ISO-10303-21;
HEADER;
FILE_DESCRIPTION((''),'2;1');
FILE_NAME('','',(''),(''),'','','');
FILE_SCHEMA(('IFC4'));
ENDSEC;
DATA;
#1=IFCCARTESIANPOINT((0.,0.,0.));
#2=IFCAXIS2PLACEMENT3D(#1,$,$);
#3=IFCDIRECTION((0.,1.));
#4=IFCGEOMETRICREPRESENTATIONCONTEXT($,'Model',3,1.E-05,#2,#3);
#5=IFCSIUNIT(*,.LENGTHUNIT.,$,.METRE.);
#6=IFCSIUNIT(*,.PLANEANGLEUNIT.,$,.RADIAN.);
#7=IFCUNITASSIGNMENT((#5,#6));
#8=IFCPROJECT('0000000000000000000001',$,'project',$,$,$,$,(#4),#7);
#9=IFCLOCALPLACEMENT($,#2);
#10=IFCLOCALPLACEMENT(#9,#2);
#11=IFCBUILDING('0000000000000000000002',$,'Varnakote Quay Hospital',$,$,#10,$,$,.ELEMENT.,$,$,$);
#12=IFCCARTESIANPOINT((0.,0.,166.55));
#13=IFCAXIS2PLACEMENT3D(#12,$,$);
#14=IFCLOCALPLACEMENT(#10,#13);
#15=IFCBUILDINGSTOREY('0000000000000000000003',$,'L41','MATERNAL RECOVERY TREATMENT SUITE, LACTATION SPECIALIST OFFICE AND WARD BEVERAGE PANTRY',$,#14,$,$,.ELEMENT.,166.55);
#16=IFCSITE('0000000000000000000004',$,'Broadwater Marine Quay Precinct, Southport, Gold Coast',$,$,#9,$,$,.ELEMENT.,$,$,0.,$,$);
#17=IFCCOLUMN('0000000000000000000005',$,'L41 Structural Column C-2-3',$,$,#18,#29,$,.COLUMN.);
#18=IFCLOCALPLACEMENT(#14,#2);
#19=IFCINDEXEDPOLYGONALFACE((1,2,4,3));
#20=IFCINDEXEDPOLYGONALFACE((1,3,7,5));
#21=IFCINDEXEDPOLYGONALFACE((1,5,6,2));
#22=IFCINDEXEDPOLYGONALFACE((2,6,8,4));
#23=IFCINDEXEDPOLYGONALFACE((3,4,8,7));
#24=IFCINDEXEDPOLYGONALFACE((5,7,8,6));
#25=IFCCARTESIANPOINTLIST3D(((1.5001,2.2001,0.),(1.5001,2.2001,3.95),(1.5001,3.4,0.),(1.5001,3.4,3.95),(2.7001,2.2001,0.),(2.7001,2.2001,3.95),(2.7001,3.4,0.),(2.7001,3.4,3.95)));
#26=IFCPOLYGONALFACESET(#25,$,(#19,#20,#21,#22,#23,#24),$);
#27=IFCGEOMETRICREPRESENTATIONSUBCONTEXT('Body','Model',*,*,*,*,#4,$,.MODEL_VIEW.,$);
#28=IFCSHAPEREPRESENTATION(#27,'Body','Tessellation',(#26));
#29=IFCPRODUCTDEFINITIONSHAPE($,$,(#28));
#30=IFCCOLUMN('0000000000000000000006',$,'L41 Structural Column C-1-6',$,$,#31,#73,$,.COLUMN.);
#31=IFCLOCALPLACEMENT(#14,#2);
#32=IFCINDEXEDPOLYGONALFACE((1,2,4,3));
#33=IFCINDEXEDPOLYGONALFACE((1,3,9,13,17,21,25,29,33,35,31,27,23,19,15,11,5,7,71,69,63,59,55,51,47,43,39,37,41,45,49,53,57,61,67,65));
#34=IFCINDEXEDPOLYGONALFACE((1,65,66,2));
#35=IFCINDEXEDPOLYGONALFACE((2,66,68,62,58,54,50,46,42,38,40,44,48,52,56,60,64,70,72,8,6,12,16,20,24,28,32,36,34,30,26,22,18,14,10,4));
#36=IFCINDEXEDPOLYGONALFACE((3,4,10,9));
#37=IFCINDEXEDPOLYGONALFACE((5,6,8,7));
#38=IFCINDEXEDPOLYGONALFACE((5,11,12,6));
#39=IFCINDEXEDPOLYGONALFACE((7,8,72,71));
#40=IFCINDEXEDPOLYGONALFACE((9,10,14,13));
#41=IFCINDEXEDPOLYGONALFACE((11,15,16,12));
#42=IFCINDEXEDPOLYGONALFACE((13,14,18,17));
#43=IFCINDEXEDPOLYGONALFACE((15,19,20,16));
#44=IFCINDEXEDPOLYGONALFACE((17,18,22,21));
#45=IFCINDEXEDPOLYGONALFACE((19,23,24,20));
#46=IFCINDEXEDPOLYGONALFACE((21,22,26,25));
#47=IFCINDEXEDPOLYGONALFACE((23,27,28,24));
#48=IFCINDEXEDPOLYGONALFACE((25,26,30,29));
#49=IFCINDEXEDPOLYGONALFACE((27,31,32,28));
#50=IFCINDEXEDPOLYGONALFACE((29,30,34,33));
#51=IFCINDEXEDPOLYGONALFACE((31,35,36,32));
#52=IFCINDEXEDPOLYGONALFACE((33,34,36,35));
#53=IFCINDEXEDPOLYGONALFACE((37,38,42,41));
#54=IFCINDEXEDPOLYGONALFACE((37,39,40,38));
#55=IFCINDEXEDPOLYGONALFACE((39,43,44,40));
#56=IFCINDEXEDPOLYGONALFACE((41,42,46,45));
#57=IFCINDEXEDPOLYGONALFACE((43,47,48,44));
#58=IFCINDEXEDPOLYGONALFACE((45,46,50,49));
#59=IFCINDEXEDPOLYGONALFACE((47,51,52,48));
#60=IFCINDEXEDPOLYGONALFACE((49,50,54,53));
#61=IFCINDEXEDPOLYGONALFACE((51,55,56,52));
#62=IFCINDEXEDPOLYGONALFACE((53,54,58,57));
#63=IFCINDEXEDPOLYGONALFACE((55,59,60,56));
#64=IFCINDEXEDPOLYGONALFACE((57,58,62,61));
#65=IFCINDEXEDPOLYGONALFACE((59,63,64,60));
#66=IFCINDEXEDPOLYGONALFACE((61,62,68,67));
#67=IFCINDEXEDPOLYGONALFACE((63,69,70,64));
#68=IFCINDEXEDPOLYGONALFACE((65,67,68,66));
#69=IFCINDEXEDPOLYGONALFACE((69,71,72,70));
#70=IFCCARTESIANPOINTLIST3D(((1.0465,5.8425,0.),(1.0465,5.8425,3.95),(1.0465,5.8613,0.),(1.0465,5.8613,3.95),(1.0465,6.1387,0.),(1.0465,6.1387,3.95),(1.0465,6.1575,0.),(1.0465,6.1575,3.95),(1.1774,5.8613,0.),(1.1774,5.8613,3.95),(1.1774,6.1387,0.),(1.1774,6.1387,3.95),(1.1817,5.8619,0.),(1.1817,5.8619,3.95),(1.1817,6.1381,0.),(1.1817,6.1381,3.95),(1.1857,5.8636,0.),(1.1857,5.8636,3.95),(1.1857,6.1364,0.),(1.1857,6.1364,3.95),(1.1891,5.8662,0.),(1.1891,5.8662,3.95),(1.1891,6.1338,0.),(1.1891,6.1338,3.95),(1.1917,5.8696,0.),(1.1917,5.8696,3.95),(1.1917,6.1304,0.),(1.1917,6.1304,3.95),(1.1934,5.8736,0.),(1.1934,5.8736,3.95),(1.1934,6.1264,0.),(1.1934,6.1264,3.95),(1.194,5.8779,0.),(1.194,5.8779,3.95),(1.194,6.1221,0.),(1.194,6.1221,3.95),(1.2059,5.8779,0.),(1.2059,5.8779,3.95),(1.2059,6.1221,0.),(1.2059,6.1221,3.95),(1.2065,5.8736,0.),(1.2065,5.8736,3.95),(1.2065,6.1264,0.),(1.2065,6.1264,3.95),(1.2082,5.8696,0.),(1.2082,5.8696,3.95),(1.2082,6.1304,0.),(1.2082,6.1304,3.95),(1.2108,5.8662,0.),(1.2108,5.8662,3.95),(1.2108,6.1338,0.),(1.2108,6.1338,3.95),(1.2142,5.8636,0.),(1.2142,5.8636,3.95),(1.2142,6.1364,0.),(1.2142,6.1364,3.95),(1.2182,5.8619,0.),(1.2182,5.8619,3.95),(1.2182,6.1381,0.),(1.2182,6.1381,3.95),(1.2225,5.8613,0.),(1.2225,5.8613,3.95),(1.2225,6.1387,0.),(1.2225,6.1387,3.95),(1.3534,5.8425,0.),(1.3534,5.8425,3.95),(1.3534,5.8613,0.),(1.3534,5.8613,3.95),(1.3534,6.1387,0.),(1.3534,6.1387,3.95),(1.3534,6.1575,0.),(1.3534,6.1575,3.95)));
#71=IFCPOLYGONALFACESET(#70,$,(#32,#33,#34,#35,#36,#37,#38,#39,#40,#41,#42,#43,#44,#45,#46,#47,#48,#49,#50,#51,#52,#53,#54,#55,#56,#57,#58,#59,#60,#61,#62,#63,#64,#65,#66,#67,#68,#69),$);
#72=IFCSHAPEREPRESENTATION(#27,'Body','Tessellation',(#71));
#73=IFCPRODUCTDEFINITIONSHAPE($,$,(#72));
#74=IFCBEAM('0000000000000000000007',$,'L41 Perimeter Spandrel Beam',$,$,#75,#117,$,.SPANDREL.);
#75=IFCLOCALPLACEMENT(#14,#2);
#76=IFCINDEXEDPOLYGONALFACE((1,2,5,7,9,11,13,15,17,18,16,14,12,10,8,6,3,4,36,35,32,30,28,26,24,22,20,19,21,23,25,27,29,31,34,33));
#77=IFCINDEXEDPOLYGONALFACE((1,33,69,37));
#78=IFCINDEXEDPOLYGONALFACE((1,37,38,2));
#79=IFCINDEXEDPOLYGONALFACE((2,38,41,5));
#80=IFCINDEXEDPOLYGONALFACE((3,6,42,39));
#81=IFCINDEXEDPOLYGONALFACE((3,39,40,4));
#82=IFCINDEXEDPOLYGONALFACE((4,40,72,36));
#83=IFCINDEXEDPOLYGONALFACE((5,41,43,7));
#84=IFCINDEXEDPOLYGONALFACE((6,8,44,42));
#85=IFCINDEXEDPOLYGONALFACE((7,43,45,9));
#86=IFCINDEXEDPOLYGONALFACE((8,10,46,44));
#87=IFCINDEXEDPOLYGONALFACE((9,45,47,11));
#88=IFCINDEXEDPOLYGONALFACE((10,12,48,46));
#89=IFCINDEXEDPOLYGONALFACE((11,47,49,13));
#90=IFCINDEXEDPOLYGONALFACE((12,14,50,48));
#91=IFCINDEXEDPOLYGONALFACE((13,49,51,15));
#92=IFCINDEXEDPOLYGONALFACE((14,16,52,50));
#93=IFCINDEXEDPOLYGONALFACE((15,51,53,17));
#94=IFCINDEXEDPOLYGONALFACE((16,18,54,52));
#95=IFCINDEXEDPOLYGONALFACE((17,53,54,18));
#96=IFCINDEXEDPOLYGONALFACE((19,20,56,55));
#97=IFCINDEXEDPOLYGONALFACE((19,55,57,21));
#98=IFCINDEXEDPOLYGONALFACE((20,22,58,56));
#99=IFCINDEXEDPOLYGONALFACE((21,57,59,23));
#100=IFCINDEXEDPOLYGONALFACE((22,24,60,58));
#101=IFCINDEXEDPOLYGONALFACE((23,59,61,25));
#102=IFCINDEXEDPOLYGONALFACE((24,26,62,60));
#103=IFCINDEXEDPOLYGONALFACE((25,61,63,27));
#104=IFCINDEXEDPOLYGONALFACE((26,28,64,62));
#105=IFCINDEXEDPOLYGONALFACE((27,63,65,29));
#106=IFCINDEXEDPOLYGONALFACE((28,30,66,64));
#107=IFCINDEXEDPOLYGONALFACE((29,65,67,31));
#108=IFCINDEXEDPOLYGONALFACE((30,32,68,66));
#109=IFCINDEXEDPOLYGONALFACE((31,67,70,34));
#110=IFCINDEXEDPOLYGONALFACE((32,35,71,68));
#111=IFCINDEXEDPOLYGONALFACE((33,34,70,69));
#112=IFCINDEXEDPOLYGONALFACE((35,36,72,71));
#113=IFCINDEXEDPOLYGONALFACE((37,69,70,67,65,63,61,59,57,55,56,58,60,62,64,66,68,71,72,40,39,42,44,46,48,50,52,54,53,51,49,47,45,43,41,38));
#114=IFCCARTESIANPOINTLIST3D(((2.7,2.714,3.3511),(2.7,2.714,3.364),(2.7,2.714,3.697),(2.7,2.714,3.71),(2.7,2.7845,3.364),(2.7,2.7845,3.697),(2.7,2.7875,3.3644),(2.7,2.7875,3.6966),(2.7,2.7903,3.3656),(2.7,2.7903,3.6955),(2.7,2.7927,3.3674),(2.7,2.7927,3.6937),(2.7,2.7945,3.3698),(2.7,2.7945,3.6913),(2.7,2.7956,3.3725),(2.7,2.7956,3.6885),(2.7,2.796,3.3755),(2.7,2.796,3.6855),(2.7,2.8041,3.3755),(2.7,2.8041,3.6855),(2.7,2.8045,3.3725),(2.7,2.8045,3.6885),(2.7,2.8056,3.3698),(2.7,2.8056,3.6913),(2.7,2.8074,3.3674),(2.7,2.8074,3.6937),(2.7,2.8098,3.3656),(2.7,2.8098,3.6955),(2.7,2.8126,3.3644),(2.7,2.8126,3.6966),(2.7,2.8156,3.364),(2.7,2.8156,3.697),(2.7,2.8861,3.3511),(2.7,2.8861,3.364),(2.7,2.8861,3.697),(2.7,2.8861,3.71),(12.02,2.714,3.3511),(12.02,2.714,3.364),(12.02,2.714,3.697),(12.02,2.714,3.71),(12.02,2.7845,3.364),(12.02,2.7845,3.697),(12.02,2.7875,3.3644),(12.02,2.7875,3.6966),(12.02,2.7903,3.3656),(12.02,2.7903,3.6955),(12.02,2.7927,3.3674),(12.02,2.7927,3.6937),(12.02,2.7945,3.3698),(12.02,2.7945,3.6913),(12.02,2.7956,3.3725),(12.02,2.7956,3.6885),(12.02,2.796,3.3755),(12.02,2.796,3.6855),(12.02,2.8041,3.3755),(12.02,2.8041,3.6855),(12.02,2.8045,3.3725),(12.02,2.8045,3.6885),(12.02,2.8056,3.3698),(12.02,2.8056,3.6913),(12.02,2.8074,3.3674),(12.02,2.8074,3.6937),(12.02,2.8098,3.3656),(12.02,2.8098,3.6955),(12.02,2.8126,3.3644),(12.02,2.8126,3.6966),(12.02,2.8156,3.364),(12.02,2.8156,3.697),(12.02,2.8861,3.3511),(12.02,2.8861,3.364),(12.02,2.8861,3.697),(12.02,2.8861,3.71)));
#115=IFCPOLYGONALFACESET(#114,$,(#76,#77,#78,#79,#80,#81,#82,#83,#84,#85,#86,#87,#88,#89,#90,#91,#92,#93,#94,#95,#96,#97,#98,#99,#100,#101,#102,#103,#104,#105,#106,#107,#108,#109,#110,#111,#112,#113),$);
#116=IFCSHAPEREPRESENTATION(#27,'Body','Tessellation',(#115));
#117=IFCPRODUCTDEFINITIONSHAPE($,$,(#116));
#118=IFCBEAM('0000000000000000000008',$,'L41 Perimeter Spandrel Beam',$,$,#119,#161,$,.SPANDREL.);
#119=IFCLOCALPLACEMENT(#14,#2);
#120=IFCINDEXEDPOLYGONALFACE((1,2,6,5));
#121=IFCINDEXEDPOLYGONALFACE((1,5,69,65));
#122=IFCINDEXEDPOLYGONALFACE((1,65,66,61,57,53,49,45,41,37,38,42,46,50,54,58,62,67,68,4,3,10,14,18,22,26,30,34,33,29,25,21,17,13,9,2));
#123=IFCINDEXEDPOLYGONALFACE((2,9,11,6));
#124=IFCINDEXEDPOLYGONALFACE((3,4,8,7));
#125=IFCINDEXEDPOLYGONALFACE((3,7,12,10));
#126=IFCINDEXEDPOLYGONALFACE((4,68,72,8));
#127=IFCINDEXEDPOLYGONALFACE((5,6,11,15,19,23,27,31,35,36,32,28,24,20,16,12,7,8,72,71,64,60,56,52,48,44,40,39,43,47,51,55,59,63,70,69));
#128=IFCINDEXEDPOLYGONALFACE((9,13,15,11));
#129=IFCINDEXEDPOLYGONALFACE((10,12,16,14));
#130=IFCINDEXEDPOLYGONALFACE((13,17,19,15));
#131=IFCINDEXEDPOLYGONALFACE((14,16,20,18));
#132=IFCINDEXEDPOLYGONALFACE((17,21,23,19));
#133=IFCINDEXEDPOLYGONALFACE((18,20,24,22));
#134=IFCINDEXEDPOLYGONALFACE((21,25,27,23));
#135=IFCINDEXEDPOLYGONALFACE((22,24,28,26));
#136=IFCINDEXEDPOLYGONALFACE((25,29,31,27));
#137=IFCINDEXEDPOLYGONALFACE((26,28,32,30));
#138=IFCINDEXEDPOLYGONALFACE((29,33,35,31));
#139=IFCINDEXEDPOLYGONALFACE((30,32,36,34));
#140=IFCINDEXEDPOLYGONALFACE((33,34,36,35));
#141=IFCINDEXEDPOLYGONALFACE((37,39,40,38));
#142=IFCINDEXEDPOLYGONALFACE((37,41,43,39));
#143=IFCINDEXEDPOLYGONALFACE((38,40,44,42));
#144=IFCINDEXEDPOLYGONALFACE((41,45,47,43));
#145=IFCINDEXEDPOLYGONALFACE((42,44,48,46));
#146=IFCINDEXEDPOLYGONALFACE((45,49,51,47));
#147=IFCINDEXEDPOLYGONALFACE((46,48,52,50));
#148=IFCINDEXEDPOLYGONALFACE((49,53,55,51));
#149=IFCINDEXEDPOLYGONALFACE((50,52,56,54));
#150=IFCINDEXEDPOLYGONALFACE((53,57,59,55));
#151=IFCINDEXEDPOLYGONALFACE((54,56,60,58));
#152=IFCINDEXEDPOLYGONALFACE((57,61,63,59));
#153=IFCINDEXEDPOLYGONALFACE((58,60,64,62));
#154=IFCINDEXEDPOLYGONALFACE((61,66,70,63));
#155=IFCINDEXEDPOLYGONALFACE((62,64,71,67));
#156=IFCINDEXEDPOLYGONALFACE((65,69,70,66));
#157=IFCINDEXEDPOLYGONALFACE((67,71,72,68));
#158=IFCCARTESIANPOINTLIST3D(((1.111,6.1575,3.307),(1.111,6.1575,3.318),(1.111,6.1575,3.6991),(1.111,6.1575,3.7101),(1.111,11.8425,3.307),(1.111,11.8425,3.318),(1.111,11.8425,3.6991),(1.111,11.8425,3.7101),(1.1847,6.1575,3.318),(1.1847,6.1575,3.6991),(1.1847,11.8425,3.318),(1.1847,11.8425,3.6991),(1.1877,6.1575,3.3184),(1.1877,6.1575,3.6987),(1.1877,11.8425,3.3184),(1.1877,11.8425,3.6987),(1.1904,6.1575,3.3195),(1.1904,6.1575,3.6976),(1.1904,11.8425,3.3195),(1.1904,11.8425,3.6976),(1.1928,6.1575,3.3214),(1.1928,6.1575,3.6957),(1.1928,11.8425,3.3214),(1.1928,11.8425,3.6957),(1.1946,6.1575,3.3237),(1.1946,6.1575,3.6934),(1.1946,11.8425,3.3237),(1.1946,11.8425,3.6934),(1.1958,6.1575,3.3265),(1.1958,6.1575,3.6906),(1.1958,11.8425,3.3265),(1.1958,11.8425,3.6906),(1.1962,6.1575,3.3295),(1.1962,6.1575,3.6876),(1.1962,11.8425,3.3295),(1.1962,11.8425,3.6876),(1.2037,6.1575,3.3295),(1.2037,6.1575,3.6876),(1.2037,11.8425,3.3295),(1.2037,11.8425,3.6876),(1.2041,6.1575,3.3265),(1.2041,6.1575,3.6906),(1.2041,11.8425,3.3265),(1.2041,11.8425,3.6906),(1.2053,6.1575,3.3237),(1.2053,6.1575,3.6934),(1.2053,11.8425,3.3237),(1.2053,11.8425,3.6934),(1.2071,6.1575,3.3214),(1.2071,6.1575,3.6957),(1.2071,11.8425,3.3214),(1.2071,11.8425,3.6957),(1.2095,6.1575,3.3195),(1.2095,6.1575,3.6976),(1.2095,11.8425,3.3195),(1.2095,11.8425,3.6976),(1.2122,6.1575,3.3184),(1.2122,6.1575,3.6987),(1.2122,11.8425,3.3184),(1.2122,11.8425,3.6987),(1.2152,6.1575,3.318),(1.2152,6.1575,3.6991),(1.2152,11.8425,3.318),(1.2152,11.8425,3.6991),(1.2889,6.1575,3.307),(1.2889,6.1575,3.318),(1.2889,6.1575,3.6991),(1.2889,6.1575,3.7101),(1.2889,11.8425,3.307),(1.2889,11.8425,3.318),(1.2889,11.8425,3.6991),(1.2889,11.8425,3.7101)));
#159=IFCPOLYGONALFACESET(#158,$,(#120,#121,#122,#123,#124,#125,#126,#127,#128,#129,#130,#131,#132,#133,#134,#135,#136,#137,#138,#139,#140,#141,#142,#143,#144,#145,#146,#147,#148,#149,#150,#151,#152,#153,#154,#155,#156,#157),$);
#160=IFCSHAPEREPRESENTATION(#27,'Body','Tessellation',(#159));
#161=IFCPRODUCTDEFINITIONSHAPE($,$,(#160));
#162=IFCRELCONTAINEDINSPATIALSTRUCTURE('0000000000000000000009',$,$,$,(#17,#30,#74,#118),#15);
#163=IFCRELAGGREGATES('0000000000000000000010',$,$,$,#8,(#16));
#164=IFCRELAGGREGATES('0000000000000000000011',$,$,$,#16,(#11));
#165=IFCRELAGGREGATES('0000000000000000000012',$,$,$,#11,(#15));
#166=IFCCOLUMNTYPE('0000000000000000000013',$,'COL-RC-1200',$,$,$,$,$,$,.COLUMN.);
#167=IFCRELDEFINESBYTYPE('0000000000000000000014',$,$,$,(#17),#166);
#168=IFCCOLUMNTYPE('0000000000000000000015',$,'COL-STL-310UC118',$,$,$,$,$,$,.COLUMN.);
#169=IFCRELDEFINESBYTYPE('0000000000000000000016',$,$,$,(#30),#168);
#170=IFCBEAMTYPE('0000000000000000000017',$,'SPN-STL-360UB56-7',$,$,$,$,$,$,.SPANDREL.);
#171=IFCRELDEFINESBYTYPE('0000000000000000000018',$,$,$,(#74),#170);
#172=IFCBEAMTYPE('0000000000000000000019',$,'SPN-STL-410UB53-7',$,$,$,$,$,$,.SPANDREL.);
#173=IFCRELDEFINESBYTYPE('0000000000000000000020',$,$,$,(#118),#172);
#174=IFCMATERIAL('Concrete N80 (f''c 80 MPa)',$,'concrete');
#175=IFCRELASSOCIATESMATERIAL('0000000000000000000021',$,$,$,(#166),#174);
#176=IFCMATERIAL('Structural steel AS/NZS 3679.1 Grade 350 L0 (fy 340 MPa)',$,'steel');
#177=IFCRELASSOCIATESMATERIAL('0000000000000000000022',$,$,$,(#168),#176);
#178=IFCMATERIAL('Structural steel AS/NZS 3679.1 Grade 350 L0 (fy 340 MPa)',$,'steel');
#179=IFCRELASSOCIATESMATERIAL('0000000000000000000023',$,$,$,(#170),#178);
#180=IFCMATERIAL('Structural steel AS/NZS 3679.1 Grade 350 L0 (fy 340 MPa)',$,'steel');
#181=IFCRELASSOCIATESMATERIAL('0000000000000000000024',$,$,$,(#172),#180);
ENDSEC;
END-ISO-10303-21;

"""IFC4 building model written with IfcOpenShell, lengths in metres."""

from ifc_helpers import new_model, si_unit, direction, frame, origin, origin_2d, place, context, subcontext, project, spatial, rectangle, i_section, extrude, material, material_profile, profile_set, type_object, element, save


model = new_model("IFC4")

# Units and contexts
model_context = context("Model", 3, precision=1e-05, world=origin(), true_north=direction((0.0, 1.0)))
body_context = subcontext(model_context, "Body", "Model", "MODEL_VIEW")
ifc_project = project(units=[si_unit("LENGTHUNIT", "METRE"), si_unit("PLANEANGLEUNIT", "RADIAN")], contexts=[model_context])

# Site, building, storey
site_placement = place(None, origin())
site = spatial("IfcSite", under=ifc_project, at=site_placement, Name="Broadwater Marine Quay Precinct, Southport, Gold Coast", CompositionType="ELEMENT", RefElevation=0.0)
building_placement = place(site_placement, origin())
building = spatial("IfcBuilding", under=site, at=building_placement, Name="Varnakote Quay Hospital", CompositionType="ELEMENT")
storey_placement = place(building_placement, frame((0.0, 0.0, 166.55)))
storey = spatial("IfcBuildingStorey", under=building, at=storey_placement, Name="L41", Description="MATERNAL RECOVERY TREATMENT SUITE, LACTATION SPECIALIST OFFICE AND WARD BEVERAGE PANTRY", CompositionType="ELEMENT", Elevation=166.55)

# Columns
ifc_material_1 = material(Name="Concrete N80 (f'c 80 MPa)", Category="concrete")
ifc_material_profile_1 = material_profile(ifc_material_1, rectangle(XDim=1.2, YDim=1.2, at=origin_2d()), Name="RC-COL-1200x1200")
ifc_profile_set_1 = profile_set([ifc_material_profile_1], Name="Concrete N80 (f'c 80 MPa)")
column_type_1 = type_object("IfcColumnType", Name="COL-RC-1200", PredefinedType="COLUMN", material=ifc_profile_set_1)
column_1_placement = place(storey_placement, frame((2.1001, 2.8, 0.0), z_axis=(0.0, 0.0, 1.0), x_axis=(1.0, 0.0, 0.0)))
element("IfcColumn", 1, at=column_1_placement, inside=storey, type_object=column_type_1, Name="L41 Structural Column C-2-3", PredefinedType="COLUMN", context=body_context, shape_type="SweptSolid", body=[
    extrude(rectangle(XDim=1.2, YDim=1.2, at=origin_2d()), origin(), (0.0, 0.0, 1.0), 3.95),
])
ifc_material_2 = material(Name="Structural steel AS/NZS 3679.1 Grade 350 L0 (fy 340 MPa)", Category="steel")
ifc_material_profile_2 = material_profile(ifc_material_2, i_section(OverallWidth=0.3069, OverallDepth=0.3149, WebThickness=0.012, FlangeThickness=0.0188, FilletRadius=0.0166, at=origin_2d()), Name="310UC118")
ifc_profile_set_2 = profile_set([ifc_material_profile_2], Name="Structural steel AS/NZS 3679.1 Grade 350 L0 (fy 340 MPa)")
column_type_2 = type_object("IfcColumnType", Name="COL-STL-310UC118", PredefinedType="COLUMN", material=ifc_profile_set_2)
column_2_placement = place(storey_placement, frame((1.2, 6.0, 0.0), z_axis=(0.0, 0.0, 1.0), x_axis=(1.0, 0.0, 0.0)))
element("IfcColumn", 2, at=column_2_placement, inside=storey, type_object=column_type_2, Name="L41 Structural Column C-1-6", PredefinedType="COLUMN", context=body_context, shape_type="SweptSolid", body=[
    extrude(i_section(OverallWidth=0.3069, OverallDepth=0.3149, WebThickness=0.012, FlangeThickness=0.0188, FilletRadius=0.0166, at=origin_2d()), origin(), (0.0, 0.0, 1.0), 3.95),
])

# Beams
ifc_material_3 = material(Name="Structural steel AS/NZS 3679.1 Grade 350 L0 (fy 340 MPa)", Category="steel")
ifc_material_profile_3 = material_profile(ifc_material_3, i_section(OverallWidth=0.1721, OverallDepth=0.3589, WebThickness=0.0081, FlangeThickness=0.0129, FilletRadius=0.0115, at=origin_2d()), Name="360UB56.7")
ifc_profile_set_3 = profile_set([ifc_material_profile_3], Name="Structural steel AS/NZS 3679.1 Grade 350 L0 (fy 340 MPa)")
beam_type_1 = type_object("IfcBeamType", Name="SPN-STL-360UB56-7", PredefinedType="SPANDREL", material=ifc_profile_set_3)
beam_1_placement = place(storey_placement, frame((2.7, 2.8, 3.5305), z_axis=(1.0, 0.0, 0.0), x_axis=(0.0, 1.0, 0.0)))
element("IfcBeam", 3, at=beam_1_placement, inside=storey, type_object=beam_type_1, Name="L41 Perimeter Spandrel Beam", PredefinedType="SPANDREL", context=body_context, shape_type="SweptSolid", body=[
    extrude(i_section(OverallWidth=0.1721, OverallDepth=0.3589, WebThickness=0.0081, FlangeThickness=0.0129, FilletRadius=0.0115, at=origin_2d()), origin(), (0.0, 0.0, 1.0), 9.3201),
])
ifc_material_4 = material(Name="Structural steel AS/NZS 3679.1 Grade 350 L0 (fy 340 MPa)", Category="steel")
ifc_material_profile_4 = material_profile(ifc_material_4, i_section(OverallWidth=0.178, OverallDepth=0.4031, WebThickness=0.0076, FlangeThickness=0.011, FilletRadius=0.0115, at=origin_2d()), Name="410UB53.7")
ifc_profile_set_4 = profile_set([ifc_material_profile_4], Name="Structural steel AS/NZS 3679.1 Grade 350 L0 (fy 340 MPa)")
beam_type_2 = type_object("IfcBeamType", Name="SPN-STL-410UB53-7", PredefinedType="SPANDREL", material=ifc_profile_set_4)
beam_2_placement = place(storey_placement, frame((1.2, 6.1575, 3.5085), z_axis=(0.0, 1.0, 0.0), x_axis=(-1.0, 0.0, 0.0)))
element("IfcBeam", 4, at=beam_2_placement, inside=storey, type_object=beam_type_2, Name="L41 Perimeter Spandrel Beam", PredefinedType="SPANDREL", context=body_context, shape_type="SweptSolid", body=[
    extrude(i_section(OverallWidth=0.178, OverallDepth=0.4031, WebThickness=0.0076, FlangeThickness=0.011, FilletRadius=0.0115, at=origin_2d()), origin(), (0.0, 0.0, 1.0), 5.6851),
])

save(model, "model.ifc")
